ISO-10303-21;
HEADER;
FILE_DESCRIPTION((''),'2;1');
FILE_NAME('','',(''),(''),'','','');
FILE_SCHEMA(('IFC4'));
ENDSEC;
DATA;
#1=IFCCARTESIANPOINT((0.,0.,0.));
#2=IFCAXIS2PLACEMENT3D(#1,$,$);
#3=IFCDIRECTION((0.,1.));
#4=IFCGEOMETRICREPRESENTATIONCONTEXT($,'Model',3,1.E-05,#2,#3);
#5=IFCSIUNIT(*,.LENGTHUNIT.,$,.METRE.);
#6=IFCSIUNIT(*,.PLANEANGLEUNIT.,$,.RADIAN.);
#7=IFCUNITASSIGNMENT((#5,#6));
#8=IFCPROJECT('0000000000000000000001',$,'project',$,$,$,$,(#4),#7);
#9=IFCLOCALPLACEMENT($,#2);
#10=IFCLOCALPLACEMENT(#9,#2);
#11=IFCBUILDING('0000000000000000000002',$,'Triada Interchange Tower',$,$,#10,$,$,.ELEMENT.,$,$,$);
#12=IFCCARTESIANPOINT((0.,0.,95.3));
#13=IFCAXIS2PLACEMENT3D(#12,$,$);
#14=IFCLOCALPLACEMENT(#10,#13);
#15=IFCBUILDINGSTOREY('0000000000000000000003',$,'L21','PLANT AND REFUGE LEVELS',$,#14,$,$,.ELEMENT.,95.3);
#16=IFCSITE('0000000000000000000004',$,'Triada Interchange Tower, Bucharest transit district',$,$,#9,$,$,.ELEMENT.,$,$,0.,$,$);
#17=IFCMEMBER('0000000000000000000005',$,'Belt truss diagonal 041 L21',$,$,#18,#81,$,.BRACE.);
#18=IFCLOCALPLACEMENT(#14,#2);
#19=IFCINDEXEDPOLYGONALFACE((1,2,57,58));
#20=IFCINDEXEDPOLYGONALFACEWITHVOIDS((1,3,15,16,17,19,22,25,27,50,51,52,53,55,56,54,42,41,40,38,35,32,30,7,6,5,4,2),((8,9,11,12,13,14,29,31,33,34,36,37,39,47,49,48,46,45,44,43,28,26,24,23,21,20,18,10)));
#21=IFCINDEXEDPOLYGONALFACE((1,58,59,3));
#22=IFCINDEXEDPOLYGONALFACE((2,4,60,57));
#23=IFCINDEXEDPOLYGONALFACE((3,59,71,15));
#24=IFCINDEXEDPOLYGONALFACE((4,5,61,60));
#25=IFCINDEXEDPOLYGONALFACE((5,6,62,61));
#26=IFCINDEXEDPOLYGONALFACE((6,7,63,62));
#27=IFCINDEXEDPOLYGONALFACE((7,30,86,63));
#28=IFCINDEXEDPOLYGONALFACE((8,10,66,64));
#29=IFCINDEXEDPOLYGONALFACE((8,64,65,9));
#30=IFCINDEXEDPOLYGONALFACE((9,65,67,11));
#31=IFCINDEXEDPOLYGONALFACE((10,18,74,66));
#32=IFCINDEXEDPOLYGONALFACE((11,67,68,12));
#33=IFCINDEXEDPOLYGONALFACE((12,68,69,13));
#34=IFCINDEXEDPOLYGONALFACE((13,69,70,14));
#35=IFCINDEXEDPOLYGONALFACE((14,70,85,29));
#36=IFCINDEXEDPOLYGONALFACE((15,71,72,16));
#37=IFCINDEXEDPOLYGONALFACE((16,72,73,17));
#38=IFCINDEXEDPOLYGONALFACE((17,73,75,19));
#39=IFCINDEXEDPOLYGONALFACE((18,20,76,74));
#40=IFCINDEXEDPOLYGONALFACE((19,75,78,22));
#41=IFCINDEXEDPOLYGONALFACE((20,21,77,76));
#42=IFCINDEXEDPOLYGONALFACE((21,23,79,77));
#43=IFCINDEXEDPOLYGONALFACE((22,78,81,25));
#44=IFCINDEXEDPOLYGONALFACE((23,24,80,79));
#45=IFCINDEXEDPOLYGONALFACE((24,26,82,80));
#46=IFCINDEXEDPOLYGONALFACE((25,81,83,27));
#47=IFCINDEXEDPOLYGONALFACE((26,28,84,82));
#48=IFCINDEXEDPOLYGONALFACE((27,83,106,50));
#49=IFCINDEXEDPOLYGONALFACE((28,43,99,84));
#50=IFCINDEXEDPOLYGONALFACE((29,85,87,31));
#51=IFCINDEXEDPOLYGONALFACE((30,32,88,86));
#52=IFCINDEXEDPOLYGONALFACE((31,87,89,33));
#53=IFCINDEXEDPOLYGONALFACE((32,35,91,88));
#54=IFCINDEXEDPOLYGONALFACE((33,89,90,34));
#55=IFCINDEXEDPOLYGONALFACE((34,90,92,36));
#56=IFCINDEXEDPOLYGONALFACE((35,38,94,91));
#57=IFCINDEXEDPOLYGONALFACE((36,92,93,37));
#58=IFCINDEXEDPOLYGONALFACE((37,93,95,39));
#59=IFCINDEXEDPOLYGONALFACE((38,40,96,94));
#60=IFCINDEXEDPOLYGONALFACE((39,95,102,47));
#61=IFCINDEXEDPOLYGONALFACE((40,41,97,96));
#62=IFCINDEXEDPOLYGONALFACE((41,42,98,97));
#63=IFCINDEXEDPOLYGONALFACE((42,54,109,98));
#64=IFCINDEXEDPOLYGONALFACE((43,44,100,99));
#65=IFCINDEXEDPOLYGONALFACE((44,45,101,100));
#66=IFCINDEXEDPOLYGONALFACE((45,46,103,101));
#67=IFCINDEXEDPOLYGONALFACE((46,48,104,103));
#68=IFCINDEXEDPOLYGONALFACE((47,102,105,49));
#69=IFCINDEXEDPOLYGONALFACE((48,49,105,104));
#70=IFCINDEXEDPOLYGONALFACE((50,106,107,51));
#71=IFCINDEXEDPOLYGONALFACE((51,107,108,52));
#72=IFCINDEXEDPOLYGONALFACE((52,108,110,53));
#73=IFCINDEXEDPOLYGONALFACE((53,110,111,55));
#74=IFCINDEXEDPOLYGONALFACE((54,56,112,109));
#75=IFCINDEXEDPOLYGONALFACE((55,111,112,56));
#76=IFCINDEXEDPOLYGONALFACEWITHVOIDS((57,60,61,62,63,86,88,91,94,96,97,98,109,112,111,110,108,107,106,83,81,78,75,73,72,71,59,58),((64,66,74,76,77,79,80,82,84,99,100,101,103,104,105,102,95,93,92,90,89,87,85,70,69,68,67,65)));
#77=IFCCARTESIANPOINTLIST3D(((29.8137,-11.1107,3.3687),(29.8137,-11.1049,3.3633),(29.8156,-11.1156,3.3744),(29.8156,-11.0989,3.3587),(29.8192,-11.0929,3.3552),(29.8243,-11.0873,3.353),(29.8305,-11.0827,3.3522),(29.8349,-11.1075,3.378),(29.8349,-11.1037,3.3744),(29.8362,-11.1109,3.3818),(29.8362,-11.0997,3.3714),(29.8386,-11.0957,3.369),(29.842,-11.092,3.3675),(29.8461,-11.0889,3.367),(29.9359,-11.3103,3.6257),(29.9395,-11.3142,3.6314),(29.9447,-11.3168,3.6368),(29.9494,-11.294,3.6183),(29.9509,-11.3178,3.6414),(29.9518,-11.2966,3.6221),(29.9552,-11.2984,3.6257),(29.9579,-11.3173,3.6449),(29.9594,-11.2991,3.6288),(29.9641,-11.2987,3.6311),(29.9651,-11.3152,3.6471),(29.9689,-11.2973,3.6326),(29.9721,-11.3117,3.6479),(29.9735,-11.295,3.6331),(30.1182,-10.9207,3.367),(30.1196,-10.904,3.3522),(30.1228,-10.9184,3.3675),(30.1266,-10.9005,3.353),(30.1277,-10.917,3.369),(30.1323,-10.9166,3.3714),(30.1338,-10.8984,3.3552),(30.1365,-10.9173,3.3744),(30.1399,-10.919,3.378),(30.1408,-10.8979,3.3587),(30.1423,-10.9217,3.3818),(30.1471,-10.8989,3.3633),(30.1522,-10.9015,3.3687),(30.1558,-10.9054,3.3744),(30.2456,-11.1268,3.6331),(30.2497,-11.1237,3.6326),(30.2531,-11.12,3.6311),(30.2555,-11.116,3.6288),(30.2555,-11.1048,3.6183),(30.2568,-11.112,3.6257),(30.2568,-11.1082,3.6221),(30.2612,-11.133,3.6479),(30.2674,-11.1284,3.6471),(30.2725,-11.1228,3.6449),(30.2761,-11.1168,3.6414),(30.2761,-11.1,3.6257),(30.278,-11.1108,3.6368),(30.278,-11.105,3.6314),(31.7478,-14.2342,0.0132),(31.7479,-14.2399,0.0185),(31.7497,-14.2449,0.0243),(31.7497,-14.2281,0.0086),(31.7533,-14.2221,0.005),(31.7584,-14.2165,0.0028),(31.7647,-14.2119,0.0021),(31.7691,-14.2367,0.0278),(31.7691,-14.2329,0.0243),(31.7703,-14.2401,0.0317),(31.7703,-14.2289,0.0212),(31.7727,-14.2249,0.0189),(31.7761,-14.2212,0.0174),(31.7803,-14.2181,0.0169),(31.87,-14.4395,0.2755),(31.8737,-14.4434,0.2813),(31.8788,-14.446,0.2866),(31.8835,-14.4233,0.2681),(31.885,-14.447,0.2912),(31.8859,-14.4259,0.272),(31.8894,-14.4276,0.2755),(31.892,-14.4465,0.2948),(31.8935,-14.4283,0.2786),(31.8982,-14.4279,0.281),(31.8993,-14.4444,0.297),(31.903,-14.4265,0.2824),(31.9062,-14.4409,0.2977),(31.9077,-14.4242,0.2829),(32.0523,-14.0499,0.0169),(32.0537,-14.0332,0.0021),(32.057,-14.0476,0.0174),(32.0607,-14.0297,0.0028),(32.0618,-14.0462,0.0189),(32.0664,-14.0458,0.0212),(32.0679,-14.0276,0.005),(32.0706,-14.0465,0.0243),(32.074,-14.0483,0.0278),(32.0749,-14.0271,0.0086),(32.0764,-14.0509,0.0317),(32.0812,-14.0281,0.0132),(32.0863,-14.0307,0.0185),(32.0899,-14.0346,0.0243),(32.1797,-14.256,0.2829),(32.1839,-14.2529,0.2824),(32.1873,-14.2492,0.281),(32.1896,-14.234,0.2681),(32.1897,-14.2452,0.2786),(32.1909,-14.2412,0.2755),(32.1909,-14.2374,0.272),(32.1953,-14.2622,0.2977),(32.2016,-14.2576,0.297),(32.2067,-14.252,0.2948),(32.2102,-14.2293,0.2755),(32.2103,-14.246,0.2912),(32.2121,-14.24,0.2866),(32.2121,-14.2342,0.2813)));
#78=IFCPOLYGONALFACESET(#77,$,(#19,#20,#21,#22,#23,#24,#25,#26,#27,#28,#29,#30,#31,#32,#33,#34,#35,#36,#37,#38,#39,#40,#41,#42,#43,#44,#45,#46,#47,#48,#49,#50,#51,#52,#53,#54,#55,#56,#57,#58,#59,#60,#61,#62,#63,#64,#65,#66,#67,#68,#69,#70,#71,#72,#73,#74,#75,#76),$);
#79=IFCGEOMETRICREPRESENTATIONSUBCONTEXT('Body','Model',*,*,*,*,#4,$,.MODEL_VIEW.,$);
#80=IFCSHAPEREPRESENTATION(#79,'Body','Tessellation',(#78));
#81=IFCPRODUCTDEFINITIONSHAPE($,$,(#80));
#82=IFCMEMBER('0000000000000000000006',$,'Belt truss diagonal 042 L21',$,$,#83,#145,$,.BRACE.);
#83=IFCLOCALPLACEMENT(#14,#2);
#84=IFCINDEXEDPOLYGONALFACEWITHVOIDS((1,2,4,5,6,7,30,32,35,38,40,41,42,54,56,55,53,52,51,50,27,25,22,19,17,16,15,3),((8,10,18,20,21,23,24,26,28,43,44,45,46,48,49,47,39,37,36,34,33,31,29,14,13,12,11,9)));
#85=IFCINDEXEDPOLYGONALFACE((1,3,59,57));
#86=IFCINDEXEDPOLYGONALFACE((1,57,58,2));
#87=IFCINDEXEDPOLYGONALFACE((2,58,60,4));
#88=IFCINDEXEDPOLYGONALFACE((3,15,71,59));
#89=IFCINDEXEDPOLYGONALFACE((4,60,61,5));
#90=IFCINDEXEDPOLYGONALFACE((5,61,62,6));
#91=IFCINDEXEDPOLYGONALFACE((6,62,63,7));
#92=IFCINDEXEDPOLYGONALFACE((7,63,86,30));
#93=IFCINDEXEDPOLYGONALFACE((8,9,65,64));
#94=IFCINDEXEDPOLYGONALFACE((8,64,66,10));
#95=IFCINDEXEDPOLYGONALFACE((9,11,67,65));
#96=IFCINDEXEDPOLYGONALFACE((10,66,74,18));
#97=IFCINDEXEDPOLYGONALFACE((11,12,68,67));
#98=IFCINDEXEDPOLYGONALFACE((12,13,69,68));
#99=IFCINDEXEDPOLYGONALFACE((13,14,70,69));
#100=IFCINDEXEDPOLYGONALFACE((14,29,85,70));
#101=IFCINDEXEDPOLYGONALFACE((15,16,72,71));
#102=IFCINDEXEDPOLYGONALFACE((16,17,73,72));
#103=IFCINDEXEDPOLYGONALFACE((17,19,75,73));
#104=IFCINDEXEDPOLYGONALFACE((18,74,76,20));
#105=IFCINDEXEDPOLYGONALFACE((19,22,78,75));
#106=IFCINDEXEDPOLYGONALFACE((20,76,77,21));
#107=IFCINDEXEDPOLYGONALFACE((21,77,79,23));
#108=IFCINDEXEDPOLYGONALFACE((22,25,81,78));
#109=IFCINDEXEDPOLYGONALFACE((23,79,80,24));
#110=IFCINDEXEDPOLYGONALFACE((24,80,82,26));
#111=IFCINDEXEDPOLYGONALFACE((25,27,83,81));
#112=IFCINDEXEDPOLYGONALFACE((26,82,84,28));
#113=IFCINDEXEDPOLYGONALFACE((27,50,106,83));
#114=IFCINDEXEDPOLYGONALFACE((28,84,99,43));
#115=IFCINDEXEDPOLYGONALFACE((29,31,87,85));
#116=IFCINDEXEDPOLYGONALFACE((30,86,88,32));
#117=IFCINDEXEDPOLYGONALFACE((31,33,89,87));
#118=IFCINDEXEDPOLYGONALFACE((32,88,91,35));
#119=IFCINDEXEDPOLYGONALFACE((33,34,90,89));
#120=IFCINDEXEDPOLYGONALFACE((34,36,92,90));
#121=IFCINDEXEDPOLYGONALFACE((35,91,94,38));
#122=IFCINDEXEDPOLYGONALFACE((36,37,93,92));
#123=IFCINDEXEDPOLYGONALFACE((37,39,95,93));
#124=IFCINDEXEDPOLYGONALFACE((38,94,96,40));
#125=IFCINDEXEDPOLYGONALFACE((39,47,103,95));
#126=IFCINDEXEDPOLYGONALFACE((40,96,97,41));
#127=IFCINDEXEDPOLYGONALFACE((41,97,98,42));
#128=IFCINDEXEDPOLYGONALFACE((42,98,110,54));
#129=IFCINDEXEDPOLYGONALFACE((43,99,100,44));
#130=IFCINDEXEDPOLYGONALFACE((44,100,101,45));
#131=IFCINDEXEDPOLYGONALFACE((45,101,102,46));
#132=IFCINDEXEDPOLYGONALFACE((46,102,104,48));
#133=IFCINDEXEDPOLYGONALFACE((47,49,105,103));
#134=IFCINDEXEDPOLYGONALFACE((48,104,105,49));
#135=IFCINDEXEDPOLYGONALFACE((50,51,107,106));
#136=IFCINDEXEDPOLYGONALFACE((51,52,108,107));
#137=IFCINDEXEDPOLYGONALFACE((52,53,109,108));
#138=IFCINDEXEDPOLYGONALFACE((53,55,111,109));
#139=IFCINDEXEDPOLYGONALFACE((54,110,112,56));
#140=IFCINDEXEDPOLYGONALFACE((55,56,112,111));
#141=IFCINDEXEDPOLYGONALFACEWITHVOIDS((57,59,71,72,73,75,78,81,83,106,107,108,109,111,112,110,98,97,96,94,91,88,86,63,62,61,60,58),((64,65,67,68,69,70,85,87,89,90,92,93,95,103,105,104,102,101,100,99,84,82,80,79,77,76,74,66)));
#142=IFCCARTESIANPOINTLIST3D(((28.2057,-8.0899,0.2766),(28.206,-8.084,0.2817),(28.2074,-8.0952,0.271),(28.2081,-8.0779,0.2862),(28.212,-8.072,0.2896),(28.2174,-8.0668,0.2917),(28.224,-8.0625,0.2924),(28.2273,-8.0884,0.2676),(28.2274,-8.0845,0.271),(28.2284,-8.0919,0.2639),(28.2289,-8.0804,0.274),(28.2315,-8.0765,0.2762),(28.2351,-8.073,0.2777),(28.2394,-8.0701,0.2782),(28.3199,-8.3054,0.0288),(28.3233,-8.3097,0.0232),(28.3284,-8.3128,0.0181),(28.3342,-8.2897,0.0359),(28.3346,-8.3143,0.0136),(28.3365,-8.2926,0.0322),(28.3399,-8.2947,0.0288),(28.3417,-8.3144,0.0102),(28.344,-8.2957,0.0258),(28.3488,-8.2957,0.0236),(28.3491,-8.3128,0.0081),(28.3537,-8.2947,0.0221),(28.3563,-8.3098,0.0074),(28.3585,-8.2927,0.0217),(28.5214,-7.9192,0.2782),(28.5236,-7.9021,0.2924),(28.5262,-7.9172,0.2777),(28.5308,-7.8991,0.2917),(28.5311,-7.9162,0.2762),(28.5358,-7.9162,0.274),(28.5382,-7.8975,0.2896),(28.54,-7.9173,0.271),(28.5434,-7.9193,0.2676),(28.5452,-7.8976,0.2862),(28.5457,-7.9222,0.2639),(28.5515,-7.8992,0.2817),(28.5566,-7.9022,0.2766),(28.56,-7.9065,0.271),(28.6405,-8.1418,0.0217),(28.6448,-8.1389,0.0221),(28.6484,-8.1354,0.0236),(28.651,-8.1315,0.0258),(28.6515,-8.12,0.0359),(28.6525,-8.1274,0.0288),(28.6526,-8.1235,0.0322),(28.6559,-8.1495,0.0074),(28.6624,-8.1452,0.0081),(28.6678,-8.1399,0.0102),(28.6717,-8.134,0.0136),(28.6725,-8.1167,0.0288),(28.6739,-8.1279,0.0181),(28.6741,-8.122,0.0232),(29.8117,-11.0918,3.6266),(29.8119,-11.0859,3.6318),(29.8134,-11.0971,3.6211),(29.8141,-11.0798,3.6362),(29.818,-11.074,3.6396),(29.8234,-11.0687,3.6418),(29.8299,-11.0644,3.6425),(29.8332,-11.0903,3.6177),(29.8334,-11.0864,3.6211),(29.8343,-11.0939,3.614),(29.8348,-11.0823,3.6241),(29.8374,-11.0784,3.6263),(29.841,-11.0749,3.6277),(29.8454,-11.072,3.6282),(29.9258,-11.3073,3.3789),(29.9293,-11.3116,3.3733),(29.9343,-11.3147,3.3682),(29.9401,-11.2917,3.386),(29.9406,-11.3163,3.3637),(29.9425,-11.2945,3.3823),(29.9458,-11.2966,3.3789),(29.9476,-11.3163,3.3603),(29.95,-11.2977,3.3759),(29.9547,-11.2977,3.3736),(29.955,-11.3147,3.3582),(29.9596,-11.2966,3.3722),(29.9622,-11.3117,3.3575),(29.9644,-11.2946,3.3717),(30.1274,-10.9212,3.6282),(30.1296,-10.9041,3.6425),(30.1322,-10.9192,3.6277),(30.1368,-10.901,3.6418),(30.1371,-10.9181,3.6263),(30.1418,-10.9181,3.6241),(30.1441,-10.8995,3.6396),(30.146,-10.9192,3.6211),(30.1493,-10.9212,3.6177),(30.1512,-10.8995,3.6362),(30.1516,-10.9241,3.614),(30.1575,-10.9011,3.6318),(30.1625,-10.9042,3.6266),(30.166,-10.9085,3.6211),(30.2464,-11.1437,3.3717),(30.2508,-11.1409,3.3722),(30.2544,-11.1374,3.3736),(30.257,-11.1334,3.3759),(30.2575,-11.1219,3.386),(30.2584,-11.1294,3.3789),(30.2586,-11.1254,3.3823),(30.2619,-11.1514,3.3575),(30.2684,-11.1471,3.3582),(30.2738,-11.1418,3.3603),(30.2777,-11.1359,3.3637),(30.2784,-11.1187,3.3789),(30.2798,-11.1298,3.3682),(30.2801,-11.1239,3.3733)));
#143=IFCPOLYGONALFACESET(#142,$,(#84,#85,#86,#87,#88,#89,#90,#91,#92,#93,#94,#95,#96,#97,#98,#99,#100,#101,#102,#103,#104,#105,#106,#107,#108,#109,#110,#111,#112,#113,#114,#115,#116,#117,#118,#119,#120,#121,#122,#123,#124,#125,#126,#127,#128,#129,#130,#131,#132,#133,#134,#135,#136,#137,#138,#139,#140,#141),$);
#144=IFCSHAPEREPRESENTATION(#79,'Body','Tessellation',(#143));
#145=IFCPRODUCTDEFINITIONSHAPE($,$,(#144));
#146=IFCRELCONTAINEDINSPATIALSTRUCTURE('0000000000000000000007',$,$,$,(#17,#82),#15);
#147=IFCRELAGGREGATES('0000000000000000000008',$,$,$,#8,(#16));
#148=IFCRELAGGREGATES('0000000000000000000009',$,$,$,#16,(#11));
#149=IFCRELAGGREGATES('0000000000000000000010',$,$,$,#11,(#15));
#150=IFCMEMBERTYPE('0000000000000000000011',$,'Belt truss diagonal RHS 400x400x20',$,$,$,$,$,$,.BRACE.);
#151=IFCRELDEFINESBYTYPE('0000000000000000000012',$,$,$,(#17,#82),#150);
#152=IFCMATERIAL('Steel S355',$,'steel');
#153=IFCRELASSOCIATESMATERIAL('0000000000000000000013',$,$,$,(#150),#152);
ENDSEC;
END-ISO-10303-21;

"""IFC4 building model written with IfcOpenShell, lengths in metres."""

from ifc_helpers import new_model, si_unit, direction, frame, origin, origin_2d, place, context, subcontext, project, spatial, hollow_rectangle, extrude, material, material_profile, profile_set, type_object, element, save


model = new_model("IFC4")

# Units and contexts
model_context = context("Model", 3, precision=1e-05, world=origin(), true_north=direction((0.0, 1.0)))
body_context = subcontext(model_context, "Body", "Model", "MODEL_VIEW")
ifc_project = project(units=[si_unit("LENGTHUNIT", "METRE"), si_unit("PLANEANGLEUNIT", "RADIAN")], contexts=[model_context])

# Site, building, storey
site_placement = place(None, origin())
site = spatial("IfcSite", under=ifc_project, at=site_placement, Name="Triada Interchange Tower, Bucharest transit district", CompositionType="ELEMENT", RefElevation=0.0)
building_placement = place(site_placement, origin())
building = spatial("IfcBuilding", under=site, at=building_placement, Name="Triada Interchange Tower", CompositionType="ELEMENT")
storey_placement = place(building_placement, frame((0.0, 0.0, 95.3)))
storey = spatial("IfcBuildingStorey", under=building, at=storey_placement, Name="L21", Description="PLANT AND REFUGE LEVELS", CompositionType="ELEMENT", Elevation=95.3)

# Members
ifc_material_1 = material(Name="Steel S355", Category="steel")
ifc_material_profile_1 = material_profile(ifc_material_1, hollow_rectangle(XDim=0.3999, YDim=0.3999, WallThickness=0.02, InnerFilletRadius=0.02, OuterFilletRadius=0.03, at=origin_2d()), Name="RHS 400x400x20")
ifc_profile_set_1 = profile_set([ifc_material_profile_1], Name="Steel S355")
member_type_1 = type_object("IfcMemberType", Name="Belt truss diagonal RHS 400x400x20", PredefinedType="BRACE", material=ifc_profile_set_1)
member_1_placement = place(storey_placement, frame((31.98, -14.2371, 0.1499), z_axis=(-0.388723, 0.628914, 0.673321), x_axis=(-0.850631, -0.525763, 0.0)))
element("IfcMember", 1, at=member_1_placement, inside=storey, type_object=member_type_1, Name="Belt truss diagonal 041 L21", PredefinedType="BRACE", context=body_context, shape_type="SweptSolid", body=[
    extrude(hollow_rectangle(XDim=0.3999, YDim=0.3999, WallThickness=0.02, InnerFilletRadius=0.02, OuterFilletRadius=0.03, at=origin_2d()), origin(), (0.0, 0.0, 1.0), 4.9756),
])
member_2_placement = place(storey_placement, frame((28.4399, -8.106, 0.1499), z_axis=(0.336228, -0.628497, 0.701386), x_axis=(0.881753, 0.471712, 0.0)))
element("IfcMember", 2, at=member_2_placement, inside=storey, type_object=member_type_1, Name="Belt truss diagonal 042 L21", PredefinedType="BRACE", context=body_context, shape_type="SweptSolid", body=[
    extrude(hollow_rectangle(XDim=0.3999, YDim=0.3999, WallThickness=0.02, InnerFilletRadius=0.02, OuterFilletRadius=0.03, at=origin_2d()), origin(), (0.0, 0.0, 1.0), 4.7764),
])

save(model, "model.ifc")
